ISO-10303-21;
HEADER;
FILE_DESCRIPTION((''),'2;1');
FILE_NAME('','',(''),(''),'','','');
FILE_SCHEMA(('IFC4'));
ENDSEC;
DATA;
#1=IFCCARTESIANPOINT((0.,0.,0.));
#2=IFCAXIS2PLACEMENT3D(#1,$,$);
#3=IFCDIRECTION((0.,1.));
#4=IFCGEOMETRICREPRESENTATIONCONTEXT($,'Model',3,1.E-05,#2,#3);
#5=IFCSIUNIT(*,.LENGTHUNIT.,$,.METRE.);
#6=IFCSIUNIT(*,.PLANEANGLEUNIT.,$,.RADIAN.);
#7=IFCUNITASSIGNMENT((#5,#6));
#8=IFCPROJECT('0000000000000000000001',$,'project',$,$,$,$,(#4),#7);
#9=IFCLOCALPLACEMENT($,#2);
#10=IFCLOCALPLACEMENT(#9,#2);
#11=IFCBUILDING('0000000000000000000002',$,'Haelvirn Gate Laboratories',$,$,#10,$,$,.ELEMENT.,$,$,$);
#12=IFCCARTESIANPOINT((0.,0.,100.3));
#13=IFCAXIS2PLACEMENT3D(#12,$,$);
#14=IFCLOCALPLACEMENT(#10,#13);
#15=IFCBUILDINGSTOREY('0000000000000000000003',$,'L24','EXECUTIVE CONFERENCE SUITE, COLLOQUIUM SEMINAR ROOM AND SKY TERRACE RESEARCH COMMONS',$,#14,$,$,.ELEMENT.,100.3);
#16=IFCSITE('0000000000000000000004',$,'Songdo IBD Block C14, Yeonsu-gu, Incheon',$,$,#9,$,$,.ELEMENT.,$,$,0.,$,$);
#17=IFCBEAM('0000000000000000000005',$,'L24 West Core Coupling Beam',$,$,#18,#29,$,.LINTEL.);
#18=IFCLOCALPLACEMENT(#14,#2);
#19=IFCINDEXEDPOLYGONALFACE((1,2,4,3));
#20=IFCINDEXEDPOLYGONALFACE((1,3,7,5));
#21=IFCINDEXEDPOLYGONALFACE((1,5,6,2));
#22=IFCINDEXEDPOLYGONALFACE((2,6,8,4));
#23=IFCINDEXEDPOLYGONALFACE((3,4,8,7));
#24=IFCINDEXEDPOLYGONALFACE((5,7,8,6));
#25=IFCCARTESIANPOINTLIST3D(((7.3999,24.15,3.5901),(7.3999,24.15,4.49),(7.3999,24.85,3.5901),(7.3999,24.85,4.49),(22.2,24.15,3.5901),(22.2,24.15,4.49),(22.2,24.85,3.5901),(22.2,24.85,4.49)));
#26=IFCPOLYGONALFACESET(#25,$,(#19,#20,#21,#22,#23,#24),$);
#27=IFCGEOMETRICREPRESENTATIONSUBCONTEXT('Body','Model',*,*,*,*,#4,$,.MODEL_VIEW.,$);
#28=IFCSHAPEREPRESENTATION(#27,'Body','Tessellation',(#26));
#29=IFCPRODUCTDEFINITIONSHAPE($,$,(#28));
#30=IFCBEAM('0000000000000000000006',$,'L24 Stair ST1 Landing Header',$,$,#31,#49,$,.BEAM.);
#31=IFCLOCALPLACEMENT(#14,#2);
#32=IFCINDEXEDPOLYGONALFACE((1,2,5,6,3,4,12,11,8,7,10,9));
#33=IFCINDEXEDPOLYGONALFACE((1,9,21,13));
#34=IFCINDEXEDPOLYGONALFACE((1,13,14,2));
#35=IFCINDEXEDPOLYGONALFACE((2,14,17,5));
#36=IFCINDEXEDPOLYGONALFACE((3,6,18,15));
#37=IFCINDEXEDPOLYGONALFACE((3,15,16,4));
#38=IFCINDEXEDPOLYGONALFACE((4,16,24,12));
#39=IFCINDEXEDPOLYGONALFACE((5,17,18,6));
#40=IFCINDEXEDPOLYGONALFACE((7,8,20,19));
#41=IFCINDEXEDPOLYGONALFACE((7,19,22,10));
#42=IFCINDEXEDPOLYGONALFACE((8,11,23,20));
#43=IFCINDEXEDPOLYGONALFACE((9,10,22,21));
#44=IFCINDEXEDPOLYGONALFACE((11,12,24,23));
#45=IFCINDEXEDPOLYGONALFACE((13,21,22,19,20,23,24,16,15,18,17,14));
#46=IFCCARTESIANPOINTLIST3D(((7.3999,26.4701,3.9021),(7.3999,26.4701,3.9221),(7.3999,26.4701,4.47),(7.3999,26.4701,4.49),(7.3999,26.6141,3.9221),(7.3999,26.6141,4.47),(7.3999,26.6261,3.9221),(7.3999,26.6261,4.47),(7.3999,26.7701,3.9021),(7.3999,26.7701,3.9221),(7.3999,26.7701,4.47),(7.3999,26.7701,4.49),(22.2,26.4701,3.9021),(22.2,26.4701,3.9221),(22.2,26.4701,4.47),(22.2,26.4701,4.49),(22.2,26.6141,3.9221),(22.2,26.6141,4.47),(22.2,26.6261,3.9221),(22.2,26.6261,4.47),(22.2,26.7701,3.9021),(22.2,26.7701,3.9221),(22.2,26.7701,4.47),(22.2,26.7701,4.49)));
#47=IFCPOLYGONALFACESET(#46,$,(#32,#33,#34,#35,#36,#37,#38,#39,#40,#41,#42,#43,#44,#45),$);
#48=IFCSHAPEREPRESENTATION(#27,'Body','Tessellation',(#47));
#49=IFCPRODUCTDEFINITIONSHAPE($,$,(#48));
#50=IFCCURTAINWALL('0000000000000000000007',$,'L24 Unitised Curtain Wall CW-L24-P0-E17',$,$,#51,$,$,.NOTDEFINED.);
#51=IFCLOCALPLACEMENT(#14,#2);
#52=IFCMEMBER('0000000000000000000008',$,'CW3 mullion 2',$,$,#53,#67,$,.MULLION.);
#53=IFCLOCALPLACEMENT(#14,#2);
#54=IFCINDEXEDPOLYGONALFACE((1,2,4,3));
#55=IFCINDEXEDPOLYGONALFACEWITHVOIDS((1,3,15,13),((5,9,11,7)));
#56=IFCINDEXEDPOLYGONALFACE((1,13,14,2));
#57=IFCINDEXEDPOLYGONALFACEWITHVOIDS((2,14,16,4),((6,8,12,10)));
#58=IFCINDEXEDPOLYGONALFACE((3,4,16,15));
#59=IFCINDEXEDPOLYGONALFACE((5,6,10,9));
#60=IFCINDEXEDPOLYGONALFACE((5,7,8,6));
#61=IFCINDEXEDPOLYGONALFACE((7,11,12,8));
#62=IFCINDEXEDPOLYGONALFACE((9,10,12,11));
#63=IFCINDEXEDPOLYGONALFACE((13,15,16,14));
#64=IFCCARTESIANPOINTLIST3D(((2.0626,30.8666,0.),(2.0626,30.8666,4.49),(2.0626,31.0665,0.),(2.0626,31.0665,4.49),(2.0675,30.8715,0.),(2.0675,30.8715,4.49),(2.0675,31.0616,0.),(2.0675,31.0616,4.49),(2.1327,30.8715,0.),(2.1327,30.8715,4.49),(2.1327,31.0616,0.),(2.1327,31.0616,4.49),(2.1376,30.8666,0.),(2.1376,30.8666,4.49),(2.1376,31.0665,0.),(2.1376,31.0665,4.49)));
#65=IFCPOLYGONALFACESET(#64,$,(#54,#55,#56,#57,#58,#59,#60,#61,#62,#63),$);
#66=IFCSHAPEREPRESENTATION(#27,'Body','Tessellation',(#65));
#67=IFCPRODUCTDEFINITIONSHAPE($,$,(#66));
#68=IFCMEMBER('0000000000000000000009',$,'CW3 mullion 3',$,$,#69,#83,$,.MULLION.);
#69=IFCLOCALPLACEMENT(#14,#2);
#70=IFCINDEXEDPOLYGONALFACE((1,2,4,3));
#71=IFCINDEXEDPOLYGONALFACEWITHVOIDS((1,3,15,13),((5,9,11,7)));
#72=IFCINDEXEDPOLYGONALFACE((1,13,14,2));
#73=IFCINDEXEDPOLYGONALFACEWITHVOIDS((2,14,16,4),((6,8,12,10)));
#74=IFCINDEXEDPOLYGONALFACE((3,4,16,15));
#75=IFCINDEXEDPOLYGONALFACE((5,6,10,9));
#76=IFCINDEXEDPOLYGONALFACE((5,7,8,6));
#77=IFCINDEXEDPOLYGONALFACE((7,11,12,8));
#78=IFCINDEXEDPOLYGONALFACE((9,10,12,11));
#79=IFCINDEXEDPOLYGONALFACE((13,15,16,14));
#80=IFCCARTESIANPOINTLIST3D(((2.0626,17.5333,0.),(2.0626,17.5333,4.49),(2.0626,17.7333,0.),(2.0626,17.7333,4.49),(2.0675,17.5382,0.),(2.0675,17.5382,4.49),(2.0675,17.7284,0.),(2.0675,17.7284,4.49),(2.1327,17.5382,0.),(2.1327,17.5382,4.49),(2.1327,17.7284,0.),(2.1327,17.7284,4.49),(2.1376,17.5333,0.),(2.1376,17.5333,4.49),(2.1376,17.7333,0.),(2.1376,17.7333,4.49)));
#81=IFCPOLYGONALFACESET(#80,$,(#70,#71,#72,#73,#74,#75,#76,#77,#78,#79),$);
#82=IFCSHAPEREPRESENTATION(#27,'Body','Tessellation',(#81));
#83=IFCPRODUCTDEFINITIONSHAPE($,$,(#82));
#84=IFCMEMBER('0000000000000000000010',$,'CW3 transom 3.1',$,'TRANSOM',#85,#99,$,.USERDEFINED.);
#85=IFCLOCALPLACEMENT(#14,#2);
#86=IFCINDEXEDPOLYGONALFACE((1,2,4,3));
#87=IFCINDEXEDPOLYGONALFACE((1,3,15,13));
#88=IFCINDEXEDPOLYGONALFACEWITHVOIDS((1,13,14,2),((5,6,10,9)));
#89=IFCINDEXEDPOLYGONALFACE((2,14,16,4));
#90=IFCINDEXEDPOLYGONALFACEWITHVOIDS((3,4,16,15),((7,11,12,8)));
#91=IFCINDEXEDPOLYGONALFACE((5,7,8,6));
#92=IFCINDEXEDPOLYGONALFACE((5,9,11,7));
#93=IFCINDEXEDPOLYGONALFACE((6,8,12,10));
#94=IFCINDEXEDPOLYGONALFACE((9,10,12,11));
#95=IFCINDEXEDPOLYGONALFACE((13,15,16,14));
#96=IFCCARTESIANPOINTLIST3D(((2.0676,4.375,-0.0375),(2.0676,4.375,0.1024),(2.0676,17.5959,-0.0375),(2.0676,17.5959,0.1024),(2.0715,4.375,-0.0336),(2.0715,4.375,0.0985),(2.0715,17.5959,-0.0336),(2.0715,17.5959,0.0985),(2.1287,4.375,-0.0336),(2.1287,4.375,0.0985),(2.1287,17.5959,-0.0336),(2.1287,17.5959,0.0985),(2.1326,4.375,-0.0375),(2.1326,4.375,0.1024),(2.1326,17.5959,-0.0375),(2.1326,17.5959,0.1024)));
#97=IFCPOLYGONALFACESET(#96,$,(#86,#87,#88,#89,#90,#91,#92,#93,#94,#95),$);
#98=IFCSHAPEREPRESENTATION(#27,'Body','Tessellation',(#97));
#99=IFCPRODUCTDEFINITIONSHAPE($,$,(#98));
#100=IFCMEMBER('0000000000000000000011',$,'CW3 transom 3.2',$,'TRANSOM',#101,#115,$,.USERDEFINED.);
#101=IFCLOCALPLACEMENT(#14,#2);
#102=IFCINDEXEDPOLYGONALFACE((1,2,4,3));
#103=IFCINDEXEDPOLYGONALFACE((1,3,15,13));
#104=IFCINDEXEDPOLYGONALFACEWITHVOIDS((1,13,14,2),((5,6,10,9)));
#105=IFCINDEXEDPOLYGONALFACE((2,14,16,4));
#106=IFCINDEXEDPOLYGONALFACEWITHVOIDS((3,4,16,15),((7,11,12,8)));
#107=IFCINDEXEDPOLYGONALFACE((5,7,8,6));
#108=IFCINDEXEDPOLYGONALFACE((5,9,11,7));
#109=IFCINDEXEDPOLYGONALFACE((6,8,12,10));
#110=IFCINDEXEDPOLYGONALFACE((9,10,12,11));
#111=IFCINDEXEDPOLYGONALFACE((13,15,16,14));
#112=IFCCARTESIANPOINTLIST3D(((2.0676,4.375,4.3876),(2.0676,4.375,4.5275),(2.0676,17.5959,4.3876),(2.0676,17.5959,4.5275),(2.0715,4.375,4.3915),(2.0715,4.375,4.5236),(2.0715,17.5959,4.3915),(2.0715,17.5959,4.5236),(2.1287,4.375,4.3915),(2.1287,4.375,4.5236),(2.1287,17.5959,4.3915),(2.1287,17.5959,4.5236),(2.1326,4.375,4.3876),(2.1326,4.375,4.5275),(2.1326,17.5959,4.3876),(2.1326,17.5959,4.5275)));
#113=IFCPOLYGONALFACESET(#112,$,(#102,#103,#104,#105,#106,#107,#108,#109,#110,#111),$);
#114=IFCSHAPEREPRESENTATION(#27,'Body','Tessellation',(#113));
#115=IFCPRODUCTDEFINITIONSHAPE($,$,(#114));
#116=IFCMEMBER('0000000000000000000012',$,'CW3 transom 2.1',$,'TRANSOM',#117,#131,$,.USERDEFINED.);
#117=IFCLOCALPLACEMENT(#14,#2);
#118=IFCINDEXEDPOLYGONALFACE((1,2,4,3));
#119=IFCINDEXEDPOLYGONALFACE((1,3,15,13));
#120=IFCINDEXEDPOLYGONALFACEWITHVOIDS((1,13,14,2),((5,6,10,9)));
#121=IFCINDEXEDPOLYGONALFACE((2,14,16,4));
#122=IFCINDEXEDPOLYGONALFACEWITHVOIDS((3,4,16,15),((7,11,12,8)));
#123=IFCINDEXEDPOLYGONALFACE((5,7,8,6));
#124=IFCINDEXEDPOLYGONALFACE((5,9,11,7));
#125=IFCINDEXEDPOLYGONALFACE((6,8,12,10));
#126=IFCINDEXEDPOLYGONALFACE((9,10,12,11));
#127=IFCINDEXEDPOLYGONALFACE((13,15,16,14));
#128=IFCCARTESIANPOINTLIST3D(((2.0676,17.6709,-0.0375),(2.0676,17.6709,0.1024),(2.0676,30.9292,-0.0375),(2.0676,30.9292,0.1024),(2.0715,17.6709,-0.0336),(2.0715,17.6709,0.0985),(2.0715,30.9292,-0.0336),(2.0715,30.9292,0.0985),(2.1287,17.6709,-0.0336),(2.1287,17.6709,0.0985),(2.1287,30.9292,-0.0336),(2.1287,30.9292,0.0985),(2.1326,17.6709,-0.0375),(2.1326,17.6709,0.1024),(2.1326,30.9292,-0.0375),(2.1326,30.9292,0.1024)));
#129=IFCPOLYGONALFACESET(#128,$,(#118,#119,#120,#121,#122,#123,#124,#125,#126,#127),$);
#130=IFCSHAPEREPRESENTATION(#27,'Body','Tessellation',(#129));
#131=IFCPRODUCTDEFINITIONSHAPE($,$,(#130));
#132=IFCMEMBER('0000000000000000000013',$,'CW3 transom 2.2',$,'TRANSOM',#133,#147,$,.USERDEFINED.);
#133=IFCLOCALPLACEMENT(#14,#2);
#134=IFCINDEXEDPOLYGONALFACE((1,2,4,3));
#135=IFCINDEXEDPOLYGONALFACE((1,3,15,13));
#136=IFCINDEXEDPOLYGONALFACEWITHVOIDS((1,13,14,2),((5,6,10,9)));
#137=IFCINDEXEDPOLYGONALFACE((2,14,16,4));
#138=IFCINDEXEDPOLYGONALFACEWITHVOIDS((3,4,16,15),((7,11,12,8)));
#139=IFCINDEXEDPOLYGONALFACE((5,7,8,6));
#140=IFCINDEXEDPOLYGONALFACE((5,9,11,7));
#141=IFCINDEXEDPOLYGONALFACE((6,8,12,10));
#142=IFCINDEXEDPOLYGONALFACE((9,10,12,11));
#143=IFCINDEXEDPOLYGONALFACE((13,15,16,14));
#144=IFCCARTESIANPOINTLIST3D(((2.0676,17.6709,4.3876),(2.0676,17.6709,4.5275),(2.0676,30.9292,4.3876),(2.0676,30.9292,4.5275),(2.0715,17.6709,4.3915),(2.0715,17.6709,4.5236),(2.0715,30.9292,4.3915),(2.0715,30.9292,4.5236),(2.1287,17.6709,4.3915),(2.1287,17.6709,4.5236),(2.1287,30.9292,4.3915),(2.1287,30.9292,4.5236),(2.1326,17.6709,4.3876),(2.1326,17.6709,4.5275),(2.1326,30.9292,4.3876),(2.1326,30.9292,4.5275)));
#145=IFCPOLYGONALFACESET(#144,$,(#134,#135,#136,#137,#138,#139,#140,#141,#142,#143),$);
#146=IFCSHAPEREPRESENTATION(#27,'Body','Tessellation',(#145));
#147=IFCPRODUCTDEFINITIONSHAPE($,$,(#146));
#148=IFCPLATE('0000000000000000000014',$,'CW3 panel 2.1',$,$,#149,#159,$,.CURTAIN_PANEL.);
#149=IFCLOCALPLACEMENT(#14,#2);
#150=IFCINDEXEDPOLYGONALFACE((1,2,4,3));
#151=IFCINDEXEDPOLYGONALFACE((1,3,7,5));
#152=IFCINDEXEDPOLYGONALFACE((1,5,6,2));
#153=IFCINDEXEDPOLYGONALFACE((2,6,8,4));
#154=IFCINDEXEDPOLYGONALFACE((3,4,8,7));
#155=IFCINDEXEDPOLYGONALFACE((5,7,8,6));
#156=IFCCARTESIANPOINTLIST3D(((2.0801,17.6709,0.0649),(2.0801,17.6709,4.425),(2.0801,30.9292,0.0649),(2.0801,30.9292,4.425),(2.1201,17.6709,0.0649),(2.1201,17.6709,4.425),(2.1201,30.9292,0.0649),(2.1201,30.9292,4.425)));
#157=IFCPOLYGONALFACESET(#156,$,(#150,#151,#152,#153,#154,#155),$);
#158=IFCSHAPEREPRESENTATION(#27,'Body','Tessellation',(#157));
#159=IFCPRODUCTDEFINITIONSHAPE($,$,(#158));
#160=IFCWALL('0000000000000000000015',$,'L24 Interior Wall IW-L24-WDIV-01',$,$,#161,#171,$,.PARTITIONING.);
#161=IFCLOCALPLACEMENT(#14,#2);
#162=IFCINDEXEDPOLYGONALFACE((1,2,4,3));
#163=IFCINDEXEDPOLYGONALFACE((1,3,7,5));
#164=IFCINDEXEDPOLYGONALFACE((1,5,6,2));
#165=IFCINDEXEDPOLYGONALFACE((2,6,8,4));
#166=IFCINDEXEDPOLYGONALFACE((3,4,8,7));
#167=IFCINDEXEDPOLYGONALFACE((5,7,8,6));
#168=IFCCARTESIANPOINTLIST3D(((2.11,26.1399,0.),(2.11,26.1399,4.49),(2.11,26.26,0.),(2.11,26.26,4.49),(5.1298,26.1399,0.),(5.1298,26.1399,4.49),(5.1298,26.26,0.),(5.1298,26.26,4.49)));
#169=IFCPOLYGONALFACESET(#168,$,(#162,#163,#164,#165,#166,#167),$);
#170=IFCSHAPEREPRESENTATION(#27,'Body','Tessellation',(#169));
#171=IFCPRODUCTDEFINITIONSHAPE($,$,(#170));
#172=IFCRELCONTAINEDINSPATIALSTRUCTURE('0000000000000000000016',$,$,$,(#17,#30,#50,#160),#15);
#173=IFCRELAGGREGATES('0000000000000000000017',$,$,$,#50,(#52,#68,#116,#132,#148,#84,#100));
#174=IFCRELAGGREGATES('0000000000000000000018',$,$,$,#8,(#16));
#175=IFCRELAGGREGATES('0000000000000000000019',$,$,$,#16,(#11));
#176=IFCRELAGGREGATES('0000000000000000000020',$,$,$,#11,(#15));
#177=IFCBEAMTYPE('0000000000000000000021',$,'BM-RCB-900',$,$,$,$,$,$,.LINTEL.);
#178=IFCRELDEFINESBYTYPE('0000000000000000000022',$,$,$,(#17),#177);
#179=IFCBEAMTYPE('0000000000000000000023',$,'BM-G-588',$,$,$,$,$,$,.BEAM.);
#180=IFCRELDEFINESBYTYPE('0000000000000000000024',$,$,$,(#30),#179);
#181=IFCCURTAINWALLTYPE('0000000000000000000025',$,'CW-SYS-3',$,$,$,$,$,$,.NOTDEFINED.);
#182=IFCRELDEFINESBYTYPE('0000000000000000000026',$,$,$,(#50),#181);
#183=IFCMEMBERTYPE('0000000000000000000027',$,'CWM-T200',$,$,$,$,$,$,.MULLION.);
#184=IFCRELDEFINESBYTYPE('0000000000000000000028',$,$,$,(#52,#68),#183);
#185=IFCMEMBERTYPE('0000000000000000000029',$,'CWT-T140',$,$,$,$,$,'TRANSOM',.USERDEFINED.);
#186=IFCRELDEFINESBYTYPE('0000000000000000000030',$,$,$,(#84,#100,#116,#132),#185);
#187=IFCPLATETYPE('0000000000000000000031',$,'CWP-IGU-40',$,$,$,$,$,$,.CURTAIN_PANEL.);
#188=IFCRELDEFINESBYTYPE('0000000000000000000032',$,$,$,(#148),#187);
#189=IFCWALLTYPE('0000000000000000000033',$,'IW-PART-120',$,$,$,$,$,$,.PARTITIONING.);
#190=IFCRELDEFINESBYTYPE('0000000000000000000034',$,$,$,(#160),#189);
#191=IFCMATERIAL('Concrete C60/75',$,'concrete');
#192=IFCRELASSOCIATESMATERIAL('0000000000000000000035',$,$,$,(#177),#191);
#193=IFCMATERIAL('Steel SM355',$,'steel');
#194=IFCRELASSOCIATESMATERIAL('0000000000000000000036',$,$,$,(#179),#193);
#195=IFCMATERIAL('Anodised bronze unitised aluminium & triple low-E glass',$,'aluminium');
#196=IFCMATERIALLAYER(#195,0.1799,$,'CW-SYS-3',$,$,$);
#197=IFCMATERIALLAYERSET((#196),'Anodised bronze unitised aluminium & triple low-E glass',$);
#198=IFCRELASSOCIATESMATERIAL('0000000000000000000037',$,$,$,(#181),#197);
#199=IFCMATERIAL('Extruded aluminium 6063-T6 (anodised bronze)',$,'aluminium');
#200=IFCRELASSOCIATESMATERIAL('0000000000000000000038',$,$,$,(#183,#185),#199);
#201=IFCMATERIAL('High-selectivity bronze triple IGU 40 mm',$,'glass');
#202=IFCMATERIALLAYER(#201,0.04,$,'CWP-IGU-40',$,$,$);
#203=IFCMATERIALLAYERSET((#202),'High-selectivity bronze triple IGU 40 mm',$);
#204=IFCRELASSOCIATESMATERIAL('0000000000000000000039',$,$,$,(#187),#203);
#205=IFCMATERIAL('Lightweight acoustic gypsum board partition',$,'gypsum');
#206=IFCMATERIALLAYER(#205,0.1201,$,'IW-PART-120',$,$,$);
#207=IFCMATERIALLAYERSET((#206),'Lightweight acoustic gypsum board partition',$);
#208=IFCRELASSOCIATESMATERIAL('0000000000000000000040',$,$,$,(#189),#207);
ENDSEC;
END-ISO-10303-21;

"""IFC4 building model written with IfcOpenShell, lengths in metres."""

from ifc_helpers import new_model, si_unit, direction, frame, frame_2d, origin, origin_2d, place, context, subcontext, project, spatial, rectangle, hollow_rectangle, i_section, extrude, source, transform, mapped, material, layer, layer_set, material_profile, profile_set, type_object, type_shapes, element, aggregate, save


model = new_model("IFC4")

# Units and contexts
model_context = context("Model", 3, precision=1e-05, world=origin(), true_north=direction((0.0, 1.0)))
body_context = subcontext(model_context, "Body", "Model", "MODEL_VIEW")
ifc_project = project(units=[si_unit("LENGTHUNIT", "METRE"), si_unit("PLANEANGLEUNIT", "RADIAN")], contexts=[model_context])

# Site, building, storey
site_placement = place(None, origin())
site = spatial("IfcSite", under=ifc_project, at=site_placement, Name="Songdo IBD Block C14, Yeonsu-gu, Incheon", CompositionType="ELEMENT", RefElevation=0.0)
building_placement = place(site_placement, origin())
building = spatial("IfcBuilding", under=site, at=building_placement, Name="Haelvirn Gate Laboratories", CompositionType="ELEMENT")
storey_placement = place(building_placement, frame((0.0, 0.0, 100.3)))
storey = spatial("IfcBuildingStorey", under=building, at=storey_placement, Name="L24", Description="EXECUTIVE CONFERENCE SUITE, COLLOQUIUM SEMINAR ROOM AND SKY TERRACE RESEARCH COMMONS", CompositionType="ELEMENT", Elevation=100.3)

# Beams
ifc_material_1 = material(Name="Concrete C60/75", Category="concrete")
ifc_material_profile_1 = material_profile(ifc_material_1, rectangle(XDim=0.7, YDim=0.8999, at=origin_2d()), Name="RCB-700x900")
ifc_profile_set_1 = profile_set([ifc_material_profile_1], Name="Concrete C60/75")
beam_type_1 = type_object("IfcBeamType", Name="BM-RCB-900", PredefinedType="LINTEL", material=ifc_profile_set_1)
shared_shape_1 = source(origin(), body_context, "Body", "SweptSolid", [
    extrude(rectangle(XDim=0.7, YDim=0.8999, at=origin_2d()), origin(), (0.0, 0.0, 1.0), 14.8),
])
type_shapes(beam_type_1, [shared_shape_1])
beam_1_placement = place(storey_placement, frame((7.3999, 24.5, 4.04), z_axis=(1.0, 0.0, 0.0), x_axis=(0.0, 1.0, 0.0)))
element("IfcBeam", 1, at=beam_1_placement, inside=storey, type_object=beam_type_1, Name="L24 West Core Coupling Beam", PredefinedType="LINTEL", context=body_context, shape_type="MappedRepresentation", body=[
    mapped(shared_shape_1, transform((0.0, 0.0, 0.0), scale=1.0)),
])
ifc_material_2 = material(Name="Steel SM355", Category="steel")
ifc_material_profile_2 = material_profile(ifc_material_2, i_section(OverallWidth=0.3, OverallDepth=0.5879, WebThickness=0.012, FlangeThickness=0.02, at=origin_2d()), Name="H-588x300x12x20")
ifc_profile_set_2 = profile_set([ifc_material_profile_2], Name="Steel SM355")
beam_type_2 = type_object("IfcBeamType", Name="BM-G-588", PredefinedType="BEAM", material=ifc_profile_set_2)
shared_shape_2 = source(origin(), body_context, "Body", "SweptSolid", [
    extrude(i_section(OverallWidth=0.3, OverallDepth=0.5879, WebThickness=0.012, FlangeThickness=0.02, at=origin_2d()), origin(), (0.0, 0.0, 1.0), 14.8),
])
type_shapes(beam_type_2, [shared_shape_2])
beam_2_placement = place(storey_placement, frame((7.3999, 26.6201, 4.196), z_axis=(1.0, 0.0, 0.0), x_axis=(0.0, 1.0, 0.0)))
element("IfcBeam", 2, at=beam_2_placement, inside=storey, type_object=beam_type_2, Name="L24 Stair ST1 Landing Header", PredefinedType="BEAM", context=body_context, shape_type="MappedRepresentation", body=[
    mapped(shared_shape_2, transform((0.0, 0.0, 0.0), scale=1.0)),
])

# Curtain wall, members, plate
ifc_material_3 = material(Name="Anodised bronze unitised aluminium & triple low-E glass", Category="aluminium")
ifc_layer_1 = layer(ifc_material_3, 0.1799, Name="CW-SYS-3")
ifc_layer_set_1 = layer_set([ifc_layer_1], Name="Anodised bronze unitised aluminium & triple low-E glass")
curtain_wall_type = type_object("IfcCurtainWallType", Name="CW-SYS-3", PredefinedType="NOTDEFINED", material=ifc_layer_set_1)
curtain_wall_placement = place(storey_placement, origin())
curtain_wall = element("IfcCurtainWall", 3, at=curtain_wall_placement, inside=storey, type_object=curtain_wall_type, Name="L24 Unitised Curtain Wall CW-L24-P0-E17", PredefinedType="NOTDEFINED")
ifc_material_4 = material(Name="Extruded aluminium 6063-T6 (anodised bronze)", Category="aluminium")
ifc_material_profile_3 = material_profile(ifc_material_4, hollow_rectangle(XDim=0.075, YDim=0.2, WallThickness=0.0049, at=origin_2d()), Name="CWM-200x75x5")
ifc_profile_set_3 = profile_set([ifc_material_profile_3], Name="Extruded aluminium 6063-T6 (anodised bronze)")
member_type_1 = type_object("IfcMemberType", Name="CWM-T200", PredefinedType="MULLION", material=ifc_profile_set_3)
shared_shape_3 = source(origin(), body_context, "Body", "SweptSolid", [
    extrude(hollow_rectangle(XDim=0.075, YDim=0.2, WallThickness=0.0049, at=origin_2d()), origin(), (0.0, 0.0, 1.0), 4.49),
])
type_shapes(member_type_1, [shared_shape_3])
member_1_placement = place(storey_placement, frame((2.1001, 30.9666, 0.0), z_axis=(0.0, 0.0, 1.0), x_axis=(1.0, 0.0, 0.0)))
member_1 = element("IfcMember", 4, at=member_1_placement, type_object=member_type_1, Name="CW3 mullion 2", PredefinedType="MULLION", context=body_context, shape_type="MappedRepresentation", body=[
    mapped(shared_shape_3, transform((0.0, 0.0, 0.0), scale=1.0)),
])
member_2_placement = place(storey_placement, frame((2.1001, 17.6333, 0.0), z_axis=(0.0, 0.0, 1.0), x_axis=(1.0, 0.0, 0.0)))
member_2 = element("IfcMember", 5, at=member_2_placement, type_object=member_type_1, Name="CW3 mullion 3", PredefinedType="MULLION", context=body_context, shape_type="MappedRepresentation", body=[
    mapped(shared_shape_3, transform((0.0, 0.0, 0.0), scale=1.0)),
])
ifc_material_profile_4 = material_profile(ifc_material_4, hollow_rectangle(XDim=0.0649, YDim=0.1399, WallThickness=0.0039, at=origin_2d()), Name="CWT-140x65x4")
ifc_profile_set_4 = profile_set([ifc_material_profile_4], Name="Extruded aluminium 6063-T6 (anodised bronze)")
member_type_2 = type_object("IfcMemberType", Name="CWT-T140", ElementType="TRANSOM", PredefinedType="USERDEFINED", material=ifc_profile_set_4)
shared_shape_4 = source(origin(), body_context, "Body", "SweptSolid", [
    extrude(hollow_rectangle(XDim=0.0649, YDim=0.1399, WallThickness=0.0039, at=origin_2d()), origin(), (0.0, 0.0, 1.0), 13.2209),
])
member_3_placement = place(storey_placement, frame((2.1001, 17.5959, 0.0325), z_axis=(0.0, -1.0, 0.0), x_axis=(1.0, 0.0, 0.0)))
member_3 = element("IfcMember", 6, at=member_3_placement, type_object=member_type_2, Name="CW3 transom 3.1", ObjectType="TRANSOM", PredefinedType="USERDEFINED", context=body_context, shape_type="MappedRepresentation", body=[
    mapped(shared_shape_4, transform((0.0, 0.0, 0.0), scale=1.0)),
])
member_4_placement = place(storey_placement, frame((2.1001, 17.5959, 4.4575), z_axis=(0.0, -1.0, 0.0), x_axis=(1.0, 0.0, 0.0)))
member_4 = element("IfcMember", 7, at=member_4_placement, type_object=member_type_2, Name="CW3 transom 3.2", ObjectType="TRANSOM", PredefinedType="USERDEFINED", context=body_context, shape_type="MappedRepresentation", body=[
    mapped(shared_shape_4, transform((0.0, 0.0, 0.0), scale=1.0)),
])
shared_shape_5 = source(origin(), body_context, "Body", "SweptSolid", [
    extrude(hollow_rectangle(XDim=0.0649, YDim=0.1399, WallThickness=0.0039, at=origin_2d()), origin(), (0.0, 0.0, 1.0), 13.2583),
])
type_shapes(member_type_2, [shared_shape_4, shared_shape_5])
member_5_placement = place(storey_placement, frame((2.1001, 30.9292, 0.0325), z_axis=(0.0, -1.0, 0.0), x_axis=(1.0, 0.0, 0.0)))
member_5 = element("IfcMember", 8, at=member_5_placement, type_object=member_type_2, Name="CW3 transom 2.1", ObjectType="TRANSOM", PredefinedType="USERDEFINED", context=body_context, shape_type="MappedRepresentation", body=[
    mapped(shared_shape_5, transform((0.0, 0.0, 0.0), scale=1.0)),
])
member_6_placement = place(storey_placement, frame((2.1001, 30.9292, 4.4575), z_axis=(0.0, -1.0, 0.0), x_axis=(1.0, 0.0, 0.0)))
member_6 = element("IfcMember", 9, at=member_6_placement, type_object=member_type_2, Name="CW3 transom 2.2", ObjectType="TRANSOM", PredefinedType="USERDEFINED", context=body_context, shape_type="MappedRepresentation", body=[
    mapped(shared_shape_5, transform((0.0, 0.0, 0.0), scale=1.0)),
])
ifc_material_5 = material(Name="High-selectivity bronze triple IGU 40 mm", Category="glass")
ifc_layer_2 = layer(ifc_material_5, 0.04, Name="CWP-IGU-40")
ifc_layer_set_2 = layer_set([ifc_layer_2], Name="High-selectivity bronze triple IGU 40 mm")
plate_type = type_object("IfcPlateType", Name="CWP-IGU-40", PredefinedType="CURTAIN_PANEL", material=ifc_layer_set_2)
shared_shape_6 = source(origin(), body_context, "Body", "SweptSolid", [
    extrude(rectangle(XDim=13.2583, YDim=0.04, at=origin_2d()), origin(), (0.0, 0.0, 1.0), 4.3601),
])
type_shapes(plate_type, [shared_shape_6])
plate_placement = place(storey_placement, frame((2.1001, 24.3, 0.0649), z_axis=(0.0, 0.0, 1.0), x_axis=(0.0, -1.0, 0.0)))
plate = element("IfcPlate", 10, at=plate_placement, type_object=plate_type, Name="CW3 panel 2.1", PredefinedType="CURTAIN_PANEL", context=body_context, shape_type="MappedRepresentation", body=[
    mapped(shared_shape_6, transform((0.0, 0.0, 0.0), scale=1.0)),
])
aggregate(curtain_wall, [member_1, member_2, member_5, member_6, plate, member_3, member_4])

# Wall
ifc_material_6 = material(Name="Lightweight acoustic gypsum board partition", Category="gypsum")
ifc_layer_3 = layer(ifc_material_6, 0.1201, Name="IW-PART-120")
ifc_layer_set_3 = layer_set([ifc_layer_3], Name="Lightweight acoustic gypsum board partition")
wall_type_1 = type_object("IfcWallType", Name="IW-PART-120", PredefinedType="PARTITIONING", material=ifc_layer_set_3)
wall_1_placement = place(storey_placement, frame((2.1101, 26.2, 0.0), z_axis=(0.0, 0.0, 1.0), x_axis=(1.0, 0.0, 0.0)))
element("IfcWall", 11, at=wall_1_placement, inside=storey, type_object=wall_type_1, Name="L24 Interior Wall IW-L24-WDIV-01", PredefinedType="PARTITIONING", context=body_context, shape_type="SweptSolid", body=[
    extrude(rectangle(XDim=3.0198, YDim=0.1201, at=frame_2d((1.5098, 0.0))), origin(), (0.0, 0.0, 1.0), 4.49),
])

save(model, "model.ifc")
